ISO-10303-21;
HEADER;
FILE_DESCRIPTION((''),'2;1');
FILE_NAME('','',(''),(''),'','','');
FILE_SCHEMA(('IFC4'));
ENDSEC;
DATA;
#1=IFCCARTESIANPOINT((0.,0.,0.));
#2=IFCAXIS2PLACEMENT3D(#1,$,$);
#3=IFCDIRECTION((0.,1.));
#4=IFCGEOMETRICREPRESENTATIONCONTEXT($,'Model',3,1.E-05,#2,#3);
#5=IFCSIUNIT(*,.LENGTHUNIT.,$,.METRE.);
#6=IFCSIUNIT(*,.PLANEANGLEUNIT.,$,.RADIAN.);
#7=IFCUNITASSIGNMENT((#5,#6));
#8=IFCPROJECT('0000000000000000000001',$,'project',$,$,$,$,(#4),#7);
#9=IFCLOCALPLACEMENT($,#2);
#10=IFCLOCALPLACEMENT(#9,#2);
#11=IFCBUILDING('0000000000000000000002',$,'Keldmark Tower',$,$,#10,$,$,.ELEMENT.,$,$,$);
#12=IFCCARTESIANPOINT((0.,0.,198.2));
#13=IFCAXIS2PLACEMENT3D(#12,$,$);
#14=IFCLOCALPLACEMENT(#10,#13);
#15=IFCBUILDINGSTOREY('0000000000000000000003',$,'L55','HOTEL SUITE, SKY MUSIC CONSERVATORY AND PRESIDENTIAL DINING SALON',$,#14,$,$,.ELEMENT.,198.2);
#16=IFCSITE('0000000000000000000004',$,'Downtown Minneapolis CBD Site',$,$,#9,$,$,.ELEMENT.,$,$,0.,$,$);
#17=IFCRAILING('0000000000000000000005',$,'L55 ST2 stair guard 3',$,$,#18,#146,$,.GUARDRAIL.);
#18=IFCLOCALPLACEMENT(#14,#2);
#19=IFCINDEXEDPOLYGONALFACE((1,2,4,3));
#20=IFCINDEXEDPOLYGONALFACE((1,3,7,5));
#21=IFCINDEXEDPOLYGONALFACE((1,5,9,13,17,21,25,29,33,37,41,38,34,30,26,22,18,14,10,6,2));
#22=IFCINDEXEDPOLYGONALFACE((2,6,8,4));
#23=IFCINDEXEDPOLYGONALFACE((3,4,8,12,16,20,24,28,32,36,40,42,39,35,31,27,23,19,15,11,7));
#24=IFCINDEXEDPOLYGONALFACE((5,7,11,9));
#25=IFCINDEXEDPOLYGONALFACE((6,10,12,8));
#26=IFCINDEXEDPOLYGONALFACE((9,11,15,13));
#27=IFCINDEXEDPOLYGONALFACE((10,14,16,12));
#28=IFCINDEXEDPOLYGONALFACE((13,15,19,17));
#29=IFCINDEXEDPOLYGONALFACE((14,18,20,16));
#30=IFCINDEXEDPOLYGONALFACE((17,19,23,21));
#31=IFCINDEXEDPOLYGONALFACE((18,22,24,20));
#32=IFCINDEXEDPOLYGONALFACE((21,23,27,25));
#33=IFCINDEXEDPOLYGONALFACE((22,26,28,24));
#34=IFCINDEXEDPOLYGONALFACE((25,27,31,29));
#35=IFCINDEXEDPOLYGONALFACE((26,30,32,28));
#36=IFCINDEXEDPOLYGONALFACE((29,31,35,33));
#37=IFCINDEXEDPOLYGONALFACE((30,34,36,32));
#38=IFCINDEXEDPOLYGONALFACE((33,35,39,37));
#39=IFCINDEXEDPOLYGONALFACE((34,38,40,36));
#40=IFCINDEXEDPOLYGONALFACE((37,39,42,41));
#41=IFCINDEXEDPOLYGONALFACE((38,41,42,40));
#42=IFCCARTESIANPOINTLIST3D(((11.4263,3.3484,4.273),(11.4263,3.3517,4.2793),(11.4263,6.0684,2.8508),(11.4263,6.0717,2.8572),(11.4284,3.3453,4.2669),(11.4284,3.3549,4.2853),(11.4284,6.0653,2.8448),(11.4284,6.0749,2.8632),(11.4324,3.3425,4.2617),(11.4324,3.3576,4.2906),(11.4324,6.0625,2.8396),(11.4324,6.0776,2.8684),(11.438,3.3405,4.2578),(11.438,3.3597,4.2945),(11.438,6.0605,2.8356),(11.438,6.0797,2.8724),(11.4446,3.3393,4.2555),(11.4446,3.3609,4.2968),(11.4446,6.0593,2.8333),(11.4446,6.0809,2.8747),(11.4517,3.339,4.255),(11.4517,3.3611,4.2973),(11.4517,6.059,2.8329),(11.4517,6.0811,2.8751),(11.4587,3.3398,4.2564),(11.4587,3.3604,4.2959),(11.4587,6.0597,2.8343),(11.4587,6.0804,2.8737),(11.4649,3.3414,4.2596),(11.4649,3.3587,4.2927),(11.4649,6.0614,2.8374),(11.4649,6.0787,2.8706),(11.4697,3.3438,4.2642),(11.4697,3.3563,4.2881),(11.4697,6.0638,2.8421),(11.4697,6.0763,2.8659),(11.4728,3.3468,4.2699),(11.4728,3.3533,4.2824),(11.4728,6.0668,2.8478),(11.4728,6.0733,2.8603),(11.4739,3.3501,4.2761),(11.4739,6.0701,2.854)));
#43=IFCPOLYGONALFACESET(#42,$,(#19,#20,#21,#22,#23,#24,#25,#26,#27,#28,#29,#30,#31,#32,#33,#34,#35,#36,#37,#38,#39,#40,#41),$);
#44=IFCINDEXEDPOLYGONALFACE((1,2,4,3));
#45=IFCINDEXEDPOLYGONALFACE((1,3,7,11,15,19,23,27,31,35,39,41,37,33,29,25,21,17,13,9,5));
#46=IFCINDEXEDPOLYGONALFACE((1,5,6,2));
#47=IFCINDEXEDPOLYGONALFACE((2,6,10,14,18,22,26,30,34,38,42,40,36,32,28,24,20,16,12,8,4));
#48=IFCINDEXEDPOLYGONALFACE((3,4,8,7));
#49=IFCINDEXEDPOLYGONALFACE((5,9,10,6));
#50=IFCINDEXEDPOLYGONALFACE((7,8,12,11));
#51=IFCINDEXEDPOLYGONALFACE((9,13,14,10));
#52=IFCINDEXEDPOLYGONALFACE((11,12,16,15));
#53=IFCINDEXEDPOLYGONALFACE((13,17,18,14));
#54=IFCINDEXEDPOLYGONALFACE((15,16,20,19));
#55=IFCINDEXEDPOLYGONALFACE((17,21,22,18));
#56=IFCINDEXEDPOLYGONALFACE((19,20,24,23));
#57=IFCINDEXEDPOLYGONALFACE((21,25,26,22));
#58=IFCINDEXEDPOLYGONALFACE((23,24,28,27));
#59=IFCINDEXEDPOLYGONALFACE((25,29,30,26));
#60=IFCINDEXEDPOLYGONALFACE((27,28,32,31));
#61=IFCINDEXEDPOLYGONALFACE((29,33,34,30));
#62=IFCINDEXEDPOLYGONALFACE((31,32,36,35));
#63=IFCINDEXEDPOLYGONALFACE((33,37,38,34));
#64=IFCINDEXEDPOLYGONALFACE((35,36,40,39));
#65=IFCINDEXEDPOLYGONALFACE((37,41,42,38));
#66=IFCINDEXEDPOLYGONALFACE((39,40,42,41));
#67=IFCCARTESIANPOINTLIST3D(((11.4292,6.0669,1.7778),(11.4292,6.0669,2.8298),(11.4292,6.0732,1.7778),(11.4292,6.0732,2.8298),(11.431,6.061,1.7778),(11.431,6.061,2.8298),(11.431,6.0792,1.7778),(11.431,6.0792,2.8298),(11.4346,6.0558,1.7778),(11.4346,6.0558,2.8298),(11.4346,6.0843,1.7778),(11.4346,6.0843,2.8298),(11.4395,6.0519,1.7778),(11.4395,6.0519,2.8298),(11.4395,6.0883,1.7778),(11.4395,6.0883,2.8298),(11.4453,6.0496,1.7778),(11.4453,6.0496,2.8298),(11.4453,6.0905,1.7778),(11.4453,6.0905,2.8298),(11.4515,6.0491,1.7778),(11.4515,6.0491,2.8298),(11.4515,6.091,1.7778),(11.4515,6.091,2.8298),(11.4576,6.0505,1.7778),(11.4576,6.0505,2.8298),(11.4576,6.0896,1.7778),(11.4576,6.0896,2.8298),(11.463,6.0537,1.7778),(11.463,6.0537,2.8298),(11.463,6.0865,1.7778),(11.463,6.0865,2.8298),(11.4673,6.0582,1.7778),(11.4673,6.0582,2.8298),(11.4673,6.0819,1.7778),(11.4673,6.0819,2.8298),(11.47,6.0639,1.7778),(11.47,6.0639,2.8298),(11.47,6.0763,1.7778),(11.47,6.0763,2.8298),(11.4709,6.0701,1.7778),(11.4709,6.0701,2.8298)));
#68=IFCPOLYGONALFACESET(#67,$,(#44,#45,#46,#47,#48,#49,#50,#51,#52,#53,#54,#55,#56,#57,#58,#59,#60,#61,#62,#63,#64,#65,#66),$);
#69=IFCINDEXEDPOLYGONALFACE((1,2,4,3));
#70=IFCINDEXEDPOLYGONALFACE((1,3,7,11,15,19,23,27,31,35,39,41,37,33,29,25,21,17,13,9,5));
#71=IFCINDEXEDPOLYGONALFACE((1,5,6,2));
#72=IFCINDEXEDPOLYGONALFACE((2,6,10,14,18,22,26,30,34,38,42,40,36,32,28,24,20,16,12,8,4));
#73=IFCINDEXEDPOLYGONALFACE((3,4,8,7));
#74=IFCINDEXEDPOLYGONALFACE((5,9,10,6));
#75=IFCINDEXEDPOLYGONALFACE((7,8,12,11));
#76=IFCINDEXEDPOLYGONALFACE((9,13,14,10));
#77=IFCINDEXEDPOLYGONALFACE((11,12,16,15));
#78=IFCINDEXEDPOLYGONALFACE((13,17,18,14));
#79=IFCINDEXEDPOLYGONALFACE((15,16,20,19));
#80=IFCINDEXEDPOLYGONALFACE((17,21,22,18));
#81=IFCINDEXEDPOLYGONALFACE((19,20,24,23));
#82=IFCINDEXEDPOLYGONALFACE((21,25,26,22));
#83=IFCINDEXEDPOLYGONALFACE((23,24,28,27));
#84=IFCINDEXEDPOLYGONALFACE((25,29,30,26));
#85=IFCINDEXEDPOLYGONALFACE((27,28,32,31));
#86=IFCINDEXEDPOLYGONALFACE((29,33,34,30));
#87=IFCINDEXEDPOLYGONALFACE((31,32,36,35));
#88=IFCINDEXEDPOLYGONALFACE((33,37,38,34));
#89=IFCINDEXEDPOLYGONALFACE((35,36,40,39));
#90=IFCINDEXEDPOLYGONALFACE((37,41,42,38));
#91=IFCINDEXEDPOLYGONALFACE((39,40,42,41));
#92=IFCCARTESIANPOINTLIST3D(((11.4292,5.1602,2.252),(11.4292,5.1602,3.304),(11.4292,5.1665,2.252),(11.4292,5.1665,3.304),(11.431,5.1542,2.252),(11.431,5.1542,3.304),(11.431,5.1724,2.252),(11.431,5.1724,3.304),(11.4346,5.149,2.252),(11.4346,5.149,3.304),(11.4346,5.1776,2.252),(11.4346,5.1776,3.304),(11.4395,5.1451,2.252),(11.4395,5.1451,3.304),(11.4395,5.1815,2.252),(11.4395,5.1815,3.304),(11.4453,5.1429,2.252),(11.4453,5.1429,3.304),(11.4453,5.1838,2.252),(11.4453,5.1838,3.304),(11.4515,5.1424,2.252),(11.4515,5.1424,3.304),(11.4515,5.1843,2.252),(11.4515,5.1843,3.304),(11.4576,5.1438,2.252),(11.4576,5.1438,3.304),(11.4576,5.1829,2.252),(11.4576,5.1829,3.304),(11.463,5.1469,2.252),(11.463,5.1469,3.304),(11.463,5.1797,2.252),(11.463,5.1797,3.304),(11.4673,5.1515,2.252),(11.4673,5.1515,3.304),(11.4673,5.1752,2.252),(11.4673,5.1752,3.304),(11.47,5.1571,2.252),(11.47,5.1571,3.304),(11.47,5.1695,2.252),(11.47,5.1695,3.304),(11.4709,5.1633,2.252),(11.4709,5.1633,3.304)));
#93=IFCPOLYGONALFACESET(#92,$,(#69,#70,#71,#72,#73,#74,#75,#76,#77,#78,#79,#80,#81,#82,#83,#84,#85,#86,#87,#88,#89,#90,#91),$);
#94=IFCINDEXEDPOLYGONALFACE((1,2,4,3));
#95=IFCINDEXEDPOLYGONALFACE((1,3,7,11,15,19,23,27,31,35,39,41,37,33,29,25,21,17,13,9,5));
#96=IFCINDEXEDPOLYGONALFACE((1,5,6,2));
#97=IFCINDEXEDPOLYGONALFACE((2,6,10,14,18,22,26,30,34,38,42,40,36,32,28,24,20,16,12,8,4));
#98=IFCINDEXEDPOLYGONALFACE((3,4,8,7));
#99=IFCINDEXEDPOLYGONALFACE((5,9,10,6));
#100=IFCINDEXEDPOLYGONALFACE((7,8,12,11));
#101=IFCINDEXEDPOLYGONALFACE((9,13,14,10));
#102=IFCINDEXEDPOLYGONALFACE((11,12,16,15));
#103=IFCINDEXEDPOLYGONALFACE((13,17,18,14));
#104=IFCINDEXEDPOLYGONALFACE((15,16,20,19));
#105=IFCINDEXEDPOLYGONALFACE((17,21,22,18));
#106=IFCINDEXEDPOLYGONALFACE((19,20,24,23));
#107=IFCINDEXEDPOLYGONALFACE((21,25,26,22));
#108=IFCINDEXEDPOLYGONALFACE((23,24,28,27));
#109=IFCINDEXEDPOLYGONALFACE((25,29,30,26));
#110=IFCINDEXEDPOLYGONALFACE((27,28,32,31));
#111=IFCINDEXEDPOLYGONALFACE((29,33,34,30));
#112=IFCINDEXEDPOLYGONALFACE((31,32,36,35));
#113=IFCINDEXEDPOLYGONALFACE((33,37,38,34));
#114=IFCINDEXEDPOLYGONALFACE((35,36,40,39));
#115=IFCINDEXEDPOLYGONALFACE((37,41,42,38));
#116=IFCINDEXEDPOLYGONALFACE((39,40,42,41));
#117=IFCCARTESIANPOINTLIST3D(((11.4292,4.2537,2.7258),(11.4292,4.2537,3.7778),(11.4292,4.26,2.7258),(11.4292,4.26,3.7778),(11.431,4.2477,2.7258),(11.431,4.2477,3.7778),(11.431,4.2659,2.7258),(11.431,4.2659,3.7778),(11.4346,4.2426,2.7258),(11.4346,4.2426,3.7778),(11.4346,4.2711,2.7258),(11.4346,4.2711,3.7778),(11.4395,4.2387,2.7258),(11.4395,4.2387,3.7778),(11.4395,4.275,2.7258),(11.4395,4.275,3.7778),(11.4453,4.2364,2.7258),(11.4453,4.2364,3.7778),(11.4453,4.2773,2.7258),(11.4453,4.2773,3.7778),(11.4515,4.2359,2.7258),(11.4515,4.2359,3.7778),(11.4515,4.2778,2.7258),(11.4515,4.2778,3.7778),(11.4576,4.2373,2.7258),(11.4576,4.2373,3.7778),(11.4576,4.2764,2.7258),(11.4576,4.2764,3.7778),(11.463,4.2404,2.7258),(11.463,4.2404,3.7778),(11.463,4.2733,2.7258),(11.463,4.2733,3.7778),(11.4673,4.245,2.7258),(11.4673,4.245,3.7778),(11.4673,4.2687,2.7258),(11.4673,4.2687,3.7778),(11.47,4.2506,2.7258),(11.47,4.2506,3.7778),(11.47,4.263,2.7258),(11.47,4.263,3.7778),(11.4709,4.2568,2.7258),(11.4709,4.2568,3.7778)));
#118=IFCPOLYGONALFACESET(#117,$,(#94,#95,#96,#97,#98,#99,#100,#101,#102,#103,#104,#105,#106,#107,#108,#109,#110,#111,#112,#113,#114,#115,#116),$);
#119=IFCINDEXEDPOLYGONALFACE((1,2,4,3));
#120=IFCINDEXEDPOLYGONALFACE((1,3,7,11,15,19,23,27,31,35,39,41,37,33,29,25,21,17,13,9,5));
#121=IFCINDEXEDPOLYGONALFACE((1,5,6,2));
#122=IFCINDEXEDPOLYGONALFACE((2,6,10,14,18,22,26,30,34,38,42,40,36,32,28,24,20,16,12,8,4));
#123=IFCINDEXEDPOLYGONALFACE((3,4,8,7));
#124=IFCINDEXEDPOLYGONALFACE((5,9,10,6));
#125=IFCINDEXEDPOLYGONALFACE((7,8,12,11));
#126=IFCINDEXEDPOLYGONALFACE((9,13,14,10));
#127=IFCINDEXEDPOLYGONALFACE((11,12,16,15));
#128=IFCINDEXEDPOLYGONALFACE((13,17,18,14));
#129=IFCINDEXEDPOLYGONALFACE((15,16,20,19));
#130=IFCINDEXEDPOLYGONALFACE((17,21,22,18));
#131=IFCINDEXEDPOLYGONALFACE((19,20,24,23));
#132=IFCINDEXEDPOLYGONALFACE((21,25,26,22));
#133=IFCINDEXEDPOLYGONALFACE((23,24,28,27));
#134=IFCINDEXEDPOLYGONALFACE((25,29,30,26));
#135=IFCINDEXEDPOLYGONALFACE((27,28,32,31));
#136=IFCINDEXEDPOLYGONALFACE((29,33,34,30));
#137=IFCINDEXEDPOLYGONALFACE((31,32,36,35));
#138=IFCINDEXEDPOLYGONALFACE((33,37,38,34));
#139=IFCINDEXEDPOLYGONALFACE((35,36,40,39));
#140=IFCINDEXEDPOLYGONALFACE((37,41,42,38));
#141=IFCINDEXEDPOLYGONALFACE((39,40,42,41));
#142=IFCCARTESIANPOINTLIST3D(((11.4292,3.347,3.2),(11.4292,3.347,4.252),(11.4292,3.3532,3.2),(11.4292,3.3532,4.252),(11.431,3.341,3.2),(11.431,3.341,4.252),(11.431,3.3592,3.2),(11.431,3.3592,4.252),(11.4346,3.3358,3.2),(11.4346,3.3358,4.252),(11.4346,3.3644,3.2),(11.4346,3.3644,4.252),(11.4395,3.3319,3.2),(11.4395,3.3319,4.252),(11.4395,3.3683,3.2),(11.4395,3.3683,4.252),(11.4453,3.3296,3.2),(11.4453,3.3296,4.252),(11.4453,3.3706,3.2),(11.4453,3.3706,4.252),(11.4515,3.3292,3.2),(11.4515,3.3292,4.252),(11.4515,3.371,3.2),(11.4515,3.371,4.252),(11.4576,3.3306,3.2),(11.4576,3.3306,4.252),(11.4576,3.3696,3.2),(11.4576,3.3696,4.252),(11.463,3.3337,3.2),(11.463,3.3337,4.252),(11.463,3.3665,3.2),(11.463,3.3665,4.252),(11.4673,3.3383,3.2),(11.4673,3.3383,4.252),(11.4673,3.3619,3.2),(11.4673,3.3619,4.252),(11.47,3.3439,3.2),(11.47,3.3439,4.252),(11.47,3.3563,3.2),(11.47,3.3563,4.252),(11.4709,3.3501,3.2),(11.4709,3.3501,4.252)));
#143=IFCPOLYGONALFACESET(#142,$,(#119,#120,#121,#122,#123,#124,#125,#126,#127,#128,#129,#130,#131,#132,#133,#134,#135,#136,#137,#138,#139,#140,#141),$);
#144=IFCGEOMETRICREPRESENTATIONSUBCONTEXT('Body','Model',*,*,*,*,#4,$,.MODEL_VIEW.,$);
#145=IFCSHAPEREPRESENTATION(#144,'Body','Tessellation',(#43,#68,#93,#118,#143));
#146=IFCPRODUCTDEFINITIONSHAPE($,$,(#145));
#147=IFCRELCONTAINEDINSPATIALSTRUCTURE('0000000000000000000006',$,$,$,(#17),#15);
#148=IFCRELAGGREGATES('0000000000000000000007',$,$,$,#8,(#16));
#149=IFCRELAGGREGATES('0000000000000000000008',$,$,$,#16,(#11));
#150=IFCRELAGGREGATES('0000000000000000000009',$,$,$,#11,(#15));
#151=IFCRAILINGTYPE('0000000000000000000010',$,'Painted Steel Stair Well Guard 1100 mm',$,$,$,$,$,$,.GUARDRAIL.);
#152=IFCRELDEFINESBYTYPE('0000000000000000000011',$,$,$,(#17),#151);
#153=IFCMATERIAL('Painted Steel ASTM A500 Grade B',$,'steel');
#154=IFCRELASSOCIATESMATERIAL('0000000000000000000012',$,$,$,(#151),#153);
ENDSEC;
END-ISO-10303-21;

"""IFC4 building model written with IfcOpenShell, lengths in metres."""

from ifc_helpers import new_model, si_unit, direction, frame, origin, origin_2d, place, context, subcontext, project, spatial, circle, extrude, material, type_object, element, save


model = new_model("IFC4")

# Units and contexts
model_context = context("Model", 3, precision=1e-05, world=origin(), true_north=direction((0.0, 1.0)))
body_context = subcontext(model_context, "Body", "Model", "MODEL_VIEW")
ifc_project = project(units=[si_unit("LENGTHUNIT", "METRE"), si_unit("PLANEANGLEUNIT", "RADIAN")], contexts=[model_context])

# Site, building, storey
site_placement = place(None, origin())
site = spatial("IfcSite", under=ifc_project, at=site_placement, Name="Downtown Minneapolis CBD Site", CompositionType="ELEMENT", RefElevation=0.0)
building_placement = place(site_placement, origin())
building = spatial("IfcBuilding", under=site, at=building_placement, Name="Keldmark Tower", CompositionType="ELEMENT")
storey_placement = place(building_placement, frame((0.0, 0.0, 198.2)))
storey = spatial("IfcBuildingStorey", under=building, at=storey_placement, Name="L55", Description="HOTEL SUITE, SKY MUSIC CONSERVATORY AND PRESIDENTIAL DINING SALON", CompositionType="ELEMENT", Elevation=198.2)

# Railing
ifc_material_1 = material(Name="Painted Steel ASTM A500 Grade B", Category="steel")
railing_type_1 = type_object("IfcRailingType", Name="Painted Steel Stair Well Guard 1100 mm", PredefinedType="GUARDRAIL", material=ifc_material_1)
railing_1_placement = place(storey_placement, frame((11.45, 6.0701, 1.7778)))
element("IfcRailing", 1, at=railing_1_placement, inside=storey, type_object=railing_type_1, Name="L55 ST2 stair guard 3", PredefinedType="GUARDRAIL", context=body_context, shape_type="SweptSolid", body=[
    extrude(circle(Radius=0.0239, at=origin_2d()), frame((0.0, 0.0, 1.0762), z_axis=(0.0, -0.886183, 0.463335), x_axis=(1.0, 0.0, 0.0)), (0.0, 0.0, 1.0), 3.0693),
    extrude(circle(Radius=0.021, at=origin_2d()), origin(), (0.0, 0.0, 1.0), 1.052),
    extrude(circle(Radius=0.021, at=origin_2d()), frame((0.0, -0.9067, 0.4741)), (0.0, 0.0, 1.0), 1.052),
    extrude(circle(Radius=0.021, at=origin_2d()), frame((0.0, -1.8132, 0.948)), (0.0, 0.0, 1.0), 1.052),
    extrude(circle(Radius=0.021, at=origin_2d()), frame((0.0, -2.72, 1.4221)), (0.0, 0.0, 1.0), 1.052),
])

save(model, "model.ifc")
